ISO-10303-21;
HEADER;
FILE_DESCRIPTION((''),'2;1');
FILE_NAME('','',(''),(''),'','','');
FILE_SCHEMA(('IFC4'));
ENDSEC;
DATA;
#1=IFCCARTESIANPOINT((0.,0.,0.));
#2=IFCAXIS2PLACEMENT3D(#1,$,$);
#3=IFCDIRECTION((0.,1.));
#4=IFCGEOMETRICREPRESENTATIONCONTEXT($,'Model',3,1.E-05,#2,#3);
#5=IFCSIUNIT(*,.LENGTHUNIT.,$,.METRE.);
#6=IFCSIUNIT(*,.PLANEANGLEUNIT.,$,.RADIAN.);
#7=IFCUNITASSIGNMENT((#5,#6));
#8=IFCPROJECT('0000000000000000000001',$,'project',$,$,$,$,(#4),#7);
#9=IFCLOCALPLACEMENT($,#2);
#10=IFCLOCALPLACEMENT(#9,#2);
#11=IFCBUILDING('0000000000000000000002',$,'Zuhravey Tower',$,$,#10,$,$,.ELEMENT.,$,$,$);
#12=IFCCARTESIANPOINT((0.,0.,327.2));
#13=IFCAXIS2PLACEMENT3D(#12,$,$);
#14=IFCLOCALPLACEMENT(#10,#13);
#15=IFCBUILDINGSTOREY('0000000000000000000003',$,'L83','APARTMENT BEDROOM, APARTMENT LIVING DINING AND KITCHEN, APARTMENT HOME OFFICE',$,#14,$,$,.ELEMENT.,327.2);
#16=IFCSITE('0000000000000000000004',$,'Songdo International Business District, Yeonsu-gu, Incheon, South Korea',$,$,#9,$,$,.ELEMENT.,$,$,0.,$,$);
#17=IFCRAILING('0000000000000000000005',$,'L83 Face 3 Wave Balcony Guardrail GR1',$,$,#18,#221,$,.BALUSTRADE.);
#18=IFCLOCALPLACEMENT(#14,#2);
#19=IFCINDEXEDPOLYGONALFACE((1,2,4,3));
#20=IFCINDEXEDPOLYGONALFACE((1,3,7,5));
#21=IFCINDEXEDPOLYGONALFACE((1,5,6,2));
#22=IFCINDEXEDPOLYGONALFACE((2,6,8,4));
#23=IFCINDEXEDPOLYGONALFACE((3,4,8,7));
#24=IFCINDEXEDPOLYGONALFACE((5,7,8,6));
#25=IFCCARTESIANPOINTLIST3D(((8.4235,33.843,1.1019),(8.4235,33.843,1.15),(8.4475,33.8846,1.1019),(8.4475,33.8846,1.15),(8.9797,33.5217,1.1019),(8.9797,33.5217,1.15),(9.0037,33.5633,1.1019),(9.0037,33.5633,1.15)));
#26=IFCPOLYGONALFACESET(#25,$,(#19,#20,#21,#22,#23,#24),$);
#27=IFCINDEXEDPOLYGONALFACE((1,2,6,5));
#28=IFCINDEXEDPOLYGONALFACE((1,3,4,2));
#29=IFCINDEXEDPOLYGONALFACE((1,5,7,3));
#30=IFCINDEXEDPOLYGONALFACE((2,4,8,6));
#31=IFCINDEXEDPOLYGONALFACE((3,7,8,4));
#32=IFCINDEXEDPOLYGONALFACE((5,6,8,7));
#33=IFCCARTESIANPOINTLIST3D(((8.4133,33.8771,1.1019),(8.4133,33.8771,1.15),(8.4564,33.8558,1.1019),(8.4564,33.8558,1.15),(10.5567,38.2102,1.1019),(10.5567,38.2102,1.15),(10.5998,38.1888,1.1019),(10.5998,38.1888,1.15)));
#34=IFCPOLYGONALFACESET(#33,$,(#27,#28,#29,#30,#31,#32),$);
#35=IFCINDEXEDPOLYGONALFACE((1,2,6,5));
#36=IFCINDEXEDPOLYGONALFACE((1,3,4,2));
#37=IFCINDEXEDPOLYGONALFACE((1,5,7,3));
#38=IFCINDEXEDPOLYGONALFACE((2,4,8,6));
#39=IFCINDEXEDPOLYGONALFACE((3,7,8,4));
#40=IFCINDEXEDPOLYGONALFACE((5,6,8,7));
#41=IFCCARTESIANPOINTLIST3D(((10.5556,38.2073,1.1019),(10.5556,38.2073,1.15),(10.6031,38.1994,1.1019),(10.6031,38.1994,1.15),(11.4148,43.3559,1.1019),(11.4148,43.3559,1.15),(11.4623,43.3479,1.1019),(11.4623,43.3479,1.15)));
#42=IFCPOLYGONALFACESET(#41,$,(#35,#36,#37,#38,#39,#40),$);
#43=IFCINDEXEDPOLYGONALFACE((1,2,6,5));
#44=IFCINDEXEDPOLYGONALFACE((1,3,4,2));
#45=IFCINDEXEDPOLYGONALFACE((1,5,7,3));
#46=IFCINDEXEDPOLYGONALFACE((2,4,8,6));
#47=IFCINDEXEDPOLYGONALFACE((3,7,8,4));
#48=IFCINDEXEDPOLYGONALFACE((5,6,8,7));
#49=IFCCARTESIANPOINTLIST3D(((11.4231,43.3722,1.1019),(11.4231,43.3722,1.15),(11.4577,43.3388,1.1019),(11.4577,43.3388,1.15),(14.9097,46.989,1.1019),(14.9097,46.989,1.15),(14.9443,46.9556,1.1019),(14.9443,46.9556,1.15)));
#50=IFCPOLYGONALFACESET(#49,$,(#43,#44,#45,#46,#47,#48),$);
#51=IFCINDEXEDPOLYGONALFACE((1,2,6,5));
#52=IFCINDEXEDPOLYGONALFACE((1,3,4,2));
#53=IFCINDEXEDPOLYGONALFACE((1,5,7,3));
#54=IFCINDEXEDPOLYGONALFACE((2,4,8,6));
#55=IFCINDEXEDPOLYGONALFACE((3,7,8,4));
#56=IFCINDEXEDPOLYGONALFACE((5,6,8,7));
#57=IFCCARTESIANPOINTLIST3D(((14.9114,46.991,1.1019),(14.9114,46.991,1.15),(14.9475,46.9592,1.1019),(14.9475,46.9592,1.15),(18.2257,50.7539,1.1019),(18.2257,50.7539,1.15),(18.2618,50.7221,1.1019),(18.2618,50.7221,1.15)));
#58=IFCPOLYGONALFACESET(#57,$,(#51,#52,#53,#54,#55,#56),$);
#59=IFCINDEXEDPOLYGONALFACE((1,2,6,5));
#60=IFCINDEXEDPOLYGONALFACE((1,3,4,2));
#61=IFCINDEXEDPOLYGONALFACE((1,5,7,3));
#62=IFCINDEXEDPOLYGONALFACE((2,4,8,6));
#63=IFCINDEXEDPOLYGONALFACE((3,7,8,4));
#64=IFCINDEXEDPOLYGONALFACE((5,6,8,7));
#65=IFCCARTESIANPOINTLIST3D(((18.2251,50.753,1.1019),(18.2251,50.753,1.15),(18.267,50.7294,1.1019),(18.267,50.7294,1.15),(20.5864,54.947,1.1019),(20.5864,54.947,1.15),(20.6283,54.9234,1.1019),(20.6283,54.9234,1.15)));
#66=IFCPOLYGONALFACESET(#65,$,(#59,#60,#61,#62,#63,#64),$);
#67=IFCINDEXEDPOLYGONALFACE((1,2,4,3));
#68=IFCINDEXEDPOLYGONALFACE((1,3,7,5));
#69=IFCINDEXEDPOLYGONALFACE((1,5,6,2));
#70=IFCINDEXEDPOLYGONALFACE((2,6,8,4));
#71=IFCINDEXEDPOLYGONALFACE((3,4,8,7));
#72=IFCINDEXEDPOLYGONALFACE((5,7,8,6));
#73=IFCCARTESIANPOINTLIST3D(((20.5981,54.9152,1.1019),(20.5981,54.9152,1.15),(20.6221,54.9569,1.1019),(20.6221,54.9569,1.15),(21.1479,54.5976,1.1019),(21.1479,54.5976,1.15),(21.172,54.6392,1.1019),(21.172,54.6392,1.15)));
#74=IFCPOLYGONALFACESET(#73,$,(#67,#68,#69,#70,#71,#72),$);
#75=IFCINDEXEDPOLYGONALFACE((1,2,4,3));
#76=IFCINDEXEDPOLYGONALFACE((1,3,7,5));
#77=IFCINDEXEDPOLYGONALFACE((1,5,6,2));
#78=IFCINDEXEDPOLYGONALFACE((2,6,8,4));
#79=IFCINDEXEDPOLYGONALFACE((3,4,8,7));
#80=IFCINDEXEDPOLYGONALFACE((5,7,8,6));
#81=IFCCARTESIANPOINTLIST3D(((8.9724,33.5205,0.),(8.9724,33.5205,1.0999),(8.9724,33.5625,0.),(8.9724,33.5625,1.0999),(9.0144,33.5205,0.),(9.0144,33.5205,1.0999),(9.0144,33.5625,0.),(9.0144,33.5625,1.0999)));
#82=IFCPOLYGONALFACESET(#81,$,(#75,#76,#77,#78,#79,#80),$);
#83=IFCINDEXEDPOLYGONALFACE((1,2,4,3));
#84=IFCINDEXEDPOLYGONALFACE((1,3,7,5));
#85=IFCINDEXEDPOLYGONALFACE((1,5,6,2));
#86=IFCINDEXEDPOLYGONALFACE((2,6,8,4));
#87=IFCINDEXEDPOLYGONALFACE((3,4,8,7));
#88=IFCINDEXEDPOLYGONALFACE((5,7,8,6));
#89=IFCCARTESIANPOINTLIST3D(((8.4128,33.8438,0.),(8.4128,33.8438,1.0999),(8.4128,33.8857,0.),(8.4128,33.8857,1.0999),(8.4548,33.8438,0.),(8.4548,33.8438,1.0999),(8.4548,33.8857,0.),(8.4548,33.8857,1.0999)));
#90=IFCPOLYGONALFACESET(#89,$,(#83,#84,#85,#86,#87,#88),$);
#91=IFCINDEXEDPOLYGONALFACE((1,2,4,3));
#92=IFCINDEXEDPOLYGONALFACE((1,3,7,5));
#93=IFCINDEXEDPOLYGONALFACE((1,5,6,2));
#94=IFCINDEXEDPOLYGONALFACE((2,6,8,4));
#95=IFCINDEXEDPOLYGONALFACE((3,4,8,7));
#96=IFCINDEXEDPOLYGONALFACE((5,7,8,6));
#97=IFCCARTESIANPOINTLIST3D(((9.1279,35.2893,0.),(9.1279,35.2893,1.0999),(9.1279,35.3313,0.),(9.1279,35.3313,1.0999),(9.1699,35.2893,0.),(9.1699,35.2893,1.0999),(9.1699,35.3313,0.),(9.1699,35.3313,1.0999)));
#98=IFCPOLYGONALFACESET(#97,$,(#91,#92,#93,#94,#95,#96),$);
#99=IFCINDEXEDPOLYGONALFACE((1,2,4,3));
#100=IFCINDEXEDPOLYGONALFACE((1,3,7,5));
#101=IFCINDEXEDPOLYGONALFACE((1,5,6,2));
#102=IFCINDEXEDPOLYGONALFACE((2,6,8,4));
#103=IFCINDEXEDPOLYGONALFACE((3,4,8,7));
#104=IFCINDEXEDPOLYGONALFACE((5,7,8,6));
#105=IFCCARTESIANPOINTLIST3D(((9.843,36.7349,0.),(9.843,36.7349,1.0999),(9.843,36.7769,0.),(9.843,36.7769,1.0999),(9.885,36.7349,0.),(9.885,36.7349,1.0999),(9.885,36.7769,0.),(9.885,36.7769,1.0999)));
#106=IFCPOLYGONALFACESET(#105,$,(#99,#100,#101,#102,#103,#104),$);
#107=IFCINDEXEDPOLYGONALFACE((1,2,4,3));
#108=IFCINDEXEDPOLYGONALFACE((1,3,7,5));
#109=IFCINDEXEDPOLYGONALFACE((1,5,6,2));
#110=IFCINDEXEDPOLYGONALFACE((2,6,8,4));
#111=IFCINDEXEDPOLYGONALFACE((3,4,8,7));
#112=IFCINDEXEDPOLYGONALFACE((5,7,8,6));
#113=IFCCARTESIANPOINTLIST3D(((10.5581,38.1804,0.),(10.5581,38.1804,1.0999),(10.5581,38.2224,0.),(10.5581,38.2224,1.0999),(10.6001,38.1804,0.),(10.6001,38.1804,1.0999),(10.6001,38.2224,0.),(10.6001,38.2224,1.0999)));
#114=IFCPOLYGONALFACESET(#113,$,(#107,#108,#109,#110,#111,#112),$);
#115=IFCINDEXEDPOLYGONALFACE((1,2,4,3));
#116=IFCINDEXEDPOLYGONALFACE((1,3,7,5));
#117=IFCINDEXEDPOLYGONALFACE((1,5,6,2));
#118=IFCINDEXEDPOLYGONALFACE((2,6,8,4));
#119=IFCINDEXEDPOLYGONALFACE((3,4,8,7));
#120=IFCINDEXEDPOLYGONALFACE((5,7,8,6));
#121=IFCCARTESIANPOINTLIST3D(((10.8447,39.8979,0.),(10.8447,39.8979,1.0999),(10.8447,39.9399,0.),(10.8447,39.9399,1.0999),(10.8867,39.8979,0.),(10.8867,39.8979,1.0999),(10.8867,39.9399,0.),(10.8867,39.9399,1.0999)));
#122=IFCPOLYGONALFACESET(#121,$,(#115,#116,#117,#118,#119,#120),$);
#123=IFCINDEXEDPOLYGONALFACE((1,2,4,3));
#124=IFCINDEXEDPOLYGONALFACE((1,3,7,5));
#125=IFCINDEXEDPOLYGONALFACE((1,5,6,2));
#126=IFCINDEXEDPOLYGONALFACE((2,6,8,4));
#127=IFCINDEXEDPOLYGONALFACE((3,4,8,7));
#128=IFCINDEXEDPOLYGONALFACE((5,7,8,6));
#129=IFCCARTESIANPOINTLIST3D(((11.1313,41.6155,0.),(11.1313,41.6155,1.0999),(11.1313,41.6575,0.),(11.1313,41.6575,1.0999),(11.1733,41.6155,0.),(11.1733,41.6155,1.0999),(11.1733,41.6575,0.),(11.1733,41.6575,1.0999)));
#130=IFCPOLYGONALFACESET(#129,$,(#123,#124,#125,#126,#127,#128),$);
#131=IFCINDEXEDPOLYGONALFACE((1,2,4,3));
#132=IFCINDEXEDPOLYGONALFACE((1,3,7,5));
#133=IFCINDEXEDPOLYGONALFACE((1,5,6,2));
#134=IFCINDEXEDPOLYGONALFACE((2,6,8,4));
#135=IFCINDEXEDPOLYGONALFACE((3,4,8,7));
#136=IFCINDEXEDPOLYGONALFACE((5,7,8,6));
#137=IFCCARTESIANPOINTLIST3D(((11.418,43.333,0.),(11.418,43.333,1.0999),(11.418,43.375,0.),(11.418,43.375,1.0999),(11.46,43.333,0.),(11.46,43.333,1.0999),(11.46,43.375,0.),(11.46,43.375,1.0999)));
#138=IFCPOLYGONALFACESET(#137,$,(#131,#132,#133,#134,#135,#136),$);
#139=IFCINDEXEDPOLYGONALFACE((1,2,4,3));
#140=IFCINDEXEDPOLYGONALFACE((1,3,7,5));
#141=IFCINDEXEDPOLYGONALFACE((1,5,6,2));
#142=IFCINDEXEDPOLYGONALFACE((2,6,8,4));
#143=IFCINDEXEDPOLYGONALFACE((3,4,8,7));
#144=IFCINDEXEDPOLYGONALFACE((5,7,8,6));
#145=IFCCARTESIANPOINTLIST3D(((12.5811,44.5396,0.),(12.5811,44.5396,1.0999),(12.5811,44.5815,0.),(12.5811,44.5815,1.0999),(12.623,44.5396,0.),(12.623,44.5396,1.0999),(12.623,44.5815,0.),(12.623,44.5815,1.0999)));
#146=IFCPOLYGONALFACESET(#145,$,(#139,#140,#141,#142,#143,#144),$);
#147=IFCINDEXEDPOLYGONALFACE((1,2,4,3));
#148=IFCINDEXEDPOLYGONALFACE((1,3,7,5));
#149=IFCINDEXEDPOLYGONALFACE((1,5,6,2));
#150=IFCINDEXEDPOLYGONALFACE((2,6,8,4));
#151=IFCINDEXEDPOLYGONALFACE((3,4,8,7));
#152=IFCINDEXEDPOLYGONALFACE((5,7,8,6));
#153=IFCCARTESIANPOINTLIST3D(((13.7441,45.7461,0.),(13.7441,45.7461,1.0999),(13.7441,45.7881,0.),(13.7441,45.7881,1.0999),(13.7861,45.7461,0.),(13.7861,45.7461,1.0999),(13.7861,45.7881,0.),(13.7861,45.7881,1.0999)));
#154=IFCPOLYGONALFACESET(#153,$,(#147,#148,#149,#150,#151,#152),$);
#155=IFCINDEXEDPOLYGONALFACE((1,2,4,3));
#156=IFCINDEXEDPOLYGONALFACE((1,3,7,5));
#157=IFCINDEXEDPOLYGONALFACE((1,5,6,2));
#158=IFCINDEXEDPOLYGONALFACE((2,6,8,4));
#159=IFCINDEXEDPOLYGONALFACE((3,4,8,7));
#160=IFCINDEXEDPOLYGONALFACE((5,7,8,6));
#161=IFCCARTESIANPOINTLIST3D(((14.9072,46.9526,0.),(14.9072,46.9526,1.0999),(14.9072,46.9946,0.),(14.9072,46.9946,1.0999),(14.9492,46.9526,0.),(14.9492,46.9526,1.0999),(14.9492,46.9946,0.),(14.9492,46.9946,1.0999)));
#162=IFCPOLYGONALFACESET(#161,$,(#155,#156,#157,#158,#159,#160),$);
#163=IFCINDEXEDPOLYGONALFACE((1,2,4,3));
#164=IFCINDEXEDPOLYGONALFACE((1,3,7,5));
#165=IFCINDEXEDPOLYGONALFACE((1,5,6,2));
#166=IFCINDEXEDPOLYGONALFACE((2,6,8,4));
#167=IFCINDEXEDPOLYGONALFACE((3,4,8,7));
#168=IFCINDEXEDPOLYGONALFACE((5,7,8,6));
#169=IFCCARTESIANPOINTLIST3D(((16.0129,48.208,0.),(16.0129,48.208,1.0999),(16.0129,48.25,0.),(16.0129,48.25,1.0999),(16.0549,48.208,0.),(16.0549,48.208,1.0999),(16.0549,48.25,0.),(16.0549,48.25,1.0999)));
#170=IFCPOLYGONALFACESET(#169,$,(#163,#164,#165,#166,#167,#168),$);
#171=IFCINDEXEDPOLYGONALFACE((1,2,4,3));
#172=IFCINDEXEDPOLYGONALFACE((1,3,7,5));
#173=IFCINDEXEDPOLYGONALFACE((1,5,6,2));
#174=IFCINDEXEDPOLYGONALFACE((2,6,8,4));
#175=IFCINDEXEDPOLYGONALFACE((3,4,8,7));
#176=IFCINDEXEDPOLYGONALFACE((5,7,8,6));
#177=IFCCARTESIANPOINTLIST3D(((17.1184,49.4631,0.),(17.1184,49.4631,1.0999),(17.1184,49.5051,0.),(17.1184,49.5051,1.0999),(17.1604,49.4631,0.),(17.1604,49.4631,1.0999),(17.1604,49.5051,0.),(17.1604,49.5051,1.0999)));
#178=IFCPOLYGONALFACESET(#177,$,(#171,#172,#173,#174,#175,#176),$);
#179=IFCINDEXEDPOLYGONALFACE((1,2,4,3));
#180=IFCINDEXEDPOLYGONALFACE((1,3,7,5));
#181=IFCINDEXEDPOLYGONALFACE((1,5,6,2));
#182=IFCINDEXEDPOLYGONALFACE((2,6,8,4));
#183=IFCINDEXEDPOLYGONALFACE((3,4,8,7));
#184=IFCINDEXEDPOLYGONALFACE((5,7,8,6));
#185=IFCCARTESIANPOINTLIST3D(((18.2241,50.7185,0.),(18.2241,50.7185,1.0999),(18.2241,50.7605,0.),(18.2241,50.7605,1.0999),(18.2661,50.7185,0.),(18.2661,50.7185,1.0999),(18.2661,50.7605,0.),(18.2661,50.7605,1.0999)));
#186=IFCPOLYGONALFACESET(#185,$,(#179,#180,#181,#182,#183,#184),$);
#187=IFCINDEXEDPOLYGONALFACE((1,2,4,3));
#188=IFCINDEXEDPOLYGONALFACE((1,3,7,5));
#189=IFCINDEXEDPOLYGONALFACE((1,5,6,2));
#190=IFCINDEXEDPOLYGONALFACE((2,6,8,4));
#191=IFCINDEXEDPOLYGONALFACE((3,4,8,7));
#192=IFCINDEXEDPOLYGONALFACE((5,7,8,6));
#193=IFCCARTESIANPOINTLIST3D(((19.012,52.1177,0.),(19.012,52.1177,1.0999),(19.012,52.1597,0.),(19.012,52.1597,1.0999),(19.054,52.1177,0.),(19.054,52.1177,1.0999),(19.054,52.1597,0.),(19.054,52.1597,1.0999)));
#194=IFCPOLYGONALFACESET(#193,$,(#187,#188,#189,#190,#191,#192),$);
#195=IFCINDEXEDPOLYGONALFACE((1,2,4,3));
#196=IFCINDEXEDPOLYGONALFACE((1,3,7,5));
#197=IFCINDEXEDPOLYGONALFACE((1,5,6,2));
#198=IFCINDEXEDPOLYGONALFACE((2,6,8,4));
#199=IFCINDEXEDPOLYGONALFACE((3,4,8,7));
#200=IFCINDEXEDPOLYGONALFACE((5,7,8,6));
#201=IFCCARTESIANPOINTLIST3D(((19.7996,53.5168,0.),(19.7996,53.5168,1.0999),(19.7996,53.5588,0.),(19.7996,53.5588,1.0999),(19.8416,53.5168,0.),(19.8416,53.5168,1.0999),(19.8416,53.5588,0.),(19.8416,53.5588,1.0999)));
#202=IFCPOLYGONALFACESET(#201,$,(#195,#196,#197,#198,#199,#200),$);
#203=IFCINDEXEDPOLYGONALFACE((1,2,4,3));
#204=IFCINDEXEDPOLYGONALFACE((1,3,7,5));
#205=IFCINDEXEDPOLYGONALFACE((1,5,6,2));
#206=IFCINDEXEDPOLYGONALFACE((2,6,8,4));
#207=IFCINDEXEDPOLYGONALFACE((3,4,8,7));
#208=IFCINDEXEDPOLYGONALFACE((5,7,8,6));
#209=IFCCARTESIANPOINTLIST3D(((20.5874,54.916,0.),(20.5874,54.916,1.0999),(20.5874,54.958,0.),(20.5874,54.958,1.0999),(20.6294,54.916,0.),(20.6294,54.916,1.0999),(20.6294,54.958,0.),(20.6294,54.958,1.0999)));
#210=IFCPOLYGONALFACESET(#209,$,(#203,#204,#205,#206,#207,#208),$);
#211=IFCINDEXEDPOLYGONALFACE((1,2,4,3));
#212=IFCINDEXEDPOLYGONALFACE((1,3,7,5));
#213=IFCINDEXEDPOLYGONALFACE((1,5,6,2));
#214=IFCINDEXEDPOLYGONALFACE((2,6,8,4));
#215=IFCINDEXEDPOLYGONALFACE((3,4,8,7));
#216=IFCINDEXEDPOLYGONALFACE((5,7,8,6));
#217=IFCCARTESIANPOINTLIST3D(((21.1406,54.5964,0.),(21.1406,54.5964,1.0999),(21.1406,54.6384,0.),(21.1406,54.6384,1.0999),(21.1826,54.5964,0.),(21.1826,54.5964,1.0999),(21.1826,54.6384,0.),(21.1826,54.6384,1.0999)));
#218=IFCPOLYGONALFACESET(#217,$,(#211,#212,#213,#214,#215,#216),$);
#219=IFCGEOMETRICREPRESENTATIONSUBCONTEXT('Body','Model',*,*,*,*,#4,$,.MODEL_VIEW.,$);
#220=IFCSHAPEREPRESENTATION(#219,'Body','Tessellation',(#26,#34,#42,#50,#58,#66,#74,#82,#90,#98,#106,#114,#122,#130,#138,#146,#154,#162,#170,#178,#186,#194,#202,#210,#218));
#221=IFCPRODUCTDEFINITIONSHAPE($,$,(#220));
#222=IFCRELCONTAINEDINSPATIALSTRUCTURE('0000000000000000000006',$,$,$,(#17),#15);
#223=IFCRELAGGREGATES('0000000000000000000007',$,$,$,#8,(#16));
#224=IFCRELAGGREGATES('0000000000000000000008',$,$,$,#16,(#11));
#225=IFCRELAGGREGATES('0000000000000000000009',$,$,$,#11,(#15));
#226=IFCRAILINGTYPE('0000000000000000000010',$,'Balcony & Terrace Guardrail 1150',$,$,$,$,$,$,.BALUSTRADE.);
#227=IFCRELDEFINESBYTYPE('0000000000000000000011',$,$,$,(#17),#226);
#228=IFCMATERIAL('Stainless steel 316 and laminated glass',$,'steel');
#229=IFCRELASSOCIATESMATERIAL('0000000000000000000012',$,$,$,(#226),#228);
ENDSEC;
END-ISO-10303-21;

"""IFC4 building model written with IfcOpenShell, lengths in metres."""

from ifc_helpers import new_model, si_unit, direction, frame, origin, origin_2d, place, context, subcontext, project, spatial, rectangle, extrude, material, type_object, element, save


model = new_model("IFC4")

# Units and contexts
model_context = context("Model", 3, precision=1e-05, world=origin(), true_north=direction((0.0, 1.0)))
body_context = subcontext(model_context, "Body", "Model", "MODEL_VIEW")
ifc_project = project(units=[si_unit("LENGTHUNIT", "METRE"), si_unit("PLANEANGLEUNIT", "RADIAN")], contexts=[model_context])

# Site, building, storey
site_placement = place(None, origin())
site = spatial("IfcSite", under=ifc_project, at=site_placement, Name="Songdo International Business District, Yeonsu-gu, Incheon, South Korea", CompositionType="ELEMENT", RefElevation=0.0)
building_placement = place(site_placement, origin())
building = spatial("IfcBuilding", under=site, at=building_placement, Name="Zuhravey Tower", CompositionType="ELEMENT")
storey_placement = place(building_placement, frame((0.0, 0.0, 327.2)))
storey = spatial("IfcBuildingStorey", under=building, at=storey_placement, Name="L83", Description="APARTMENT BEDROOM, APARTMENT LIVING DINING AND KITCHEN, APARTMENT HOME OFFICE", CompositionType="ELEMENT", Elevation=327.2)

# Railing
ifc_material_1 = material(Name="Stainless steel 316 and laminated glass", Category="steel")
railing_type = type_object("IfcRailingType", Name="Balcony & Terrace Guardrail 1150", PredefinedType="BALUSTRADE", material=ifc_material_1)
railing_placement = place(storey_placement, frame((8.9934, 33.5415, 0.0)))
element("IfcRailing", 1, at=railing_placement, inside=storey, type_object=railing_type, Name="L83 Face 3 Wave Balcony Guardrail GR1", PredefinedType="BALUSTRADE", context=body_context, shape_type="SweptSolid", body=[
    extrude(rectangle(XDim=0.0481, YDim=0.0481, at=origin_2d()), frame((-0.0017, 0.001, 1.126), z_axis=(-0.865909, 0.500202, 0.0), x_axis=(-0.500202, -0.865909, 0.0)), (0.0, 0.0, 1.0), 0.6423),
    extrude(rectangle(XDim=0.0481, YDim=0.0481, at=origin_2d()), frame((-0.5586, 0.325, 1.126), z_axis=(0.443395, 0.896326, 0.0), x_axis=(-0.896326, 0.443395, 0.0)), (0.0, 0.0, 1.0), 4.8342),
    extrude(rectangle(XDim=0.0481, YDim=0.0481, at=origin_2d()), frame((1.5859, 4.6619, 1.126), z_axis=(0.164604, 0.98636, 0.0), x_axis=(-0.98636, 0.164604, 0.0)), (0.0, 0.0, 1.0), 5.2197),
    extrude(rectangle(XDim=0.0481, YDim=0.0481, at=origin_2d()), frame((2.447, 9.814, 1.126), z_axis=(0.694022, 0.719953, 0.0), x_axis=(-0.719953, 0.694022, 0.0)), (0.0, 0.0, 1.0), 5.0237),
    extrude(rectangle(XDim=0.0481, YDim=0.0481, at=origin_2d()), frame((5.936, 13.4336, 1.126), z_axis=(0.660957, 0.750424, 0.0), x_axis=(-0.750424, 0.660957, 0.0)), (0.0, 0.0, 1.0), 5.0144),
    extrude(rectangle(XDim=0.0481, YDim=0.0481, at=origin_2d()), frame((9.2527, 17.1997, 1.126), z_axis=(0.490605, 0.871382, 0.0), x_axis=(-0.871382, 0.490605, 0.0)), (0.0, 0.0, 1.0), 4.813),
    extrude(rectangle(XDim=0.0481, YDim=0.0481, at=origin_2d()), frame((11.6167, 21.3945, 1.126), z_axis=(0.865906, -0.500208, 0.0), x_axis=(0.500208, 0.865906, 0.0)), (0.0, 0.0, 1.0), 0.635),
    extrude(rectangle(XDim=0.042, YDim=0.042, at=origin_2d()), origin(), (0.0, 0.0, 1.0), 1.0999),
    extrude(rectangle(XDim=0.042, YDim=0.042, at=origin_2d()), frame((-0.5596, 0.3232, 0.0)), (0.0, 0.0, 1.0), 1.0999),
    extrude(rectangle(XDim=0.042, YDim=0.042, at=origin_2d()), frame((0.1555, 1.7688, 0.0)), (0.0, 0.0, 1.0), 1.0999),
    extrude(rectangle(XDim=0.042, YDim=0.042, at=origin_2d()), frame((0.8706, 3.2144, 0.0)), (0.0, 0.0, 1.0), 1.0999),
    extrude(rectangle(XDim=0.042, YDim=0.042, at=origin_2d()), frame((1.5857, 4.6599, 0.0)), (0.0, 0.0, 1.0), 1.0999),
    extrude(rectangle(XDim=0.042, YDim=0.042, at=origin_2d()), frame((1.8723, 6.3774, 0.0)), (0.0, 0.0, 1.0), 1.0999),
    extrude(rectangle(XDim=0.042, YDim=0.042, at=origin_2d()), frame((2.1589, 8.095, 0.0)), (0.0, 0.0, 1.0), 1.0999),
    extrude(rectangle(XDim=0.042, YDim=0.042, at=origin_2d()), frame((2.4456, 9.8125, 0.0)), (0.0, 0.0, 1.0), 1.0999),
    extrude(rectangle(XDim=0.042, YDim=0.042, at=origin_2d()), frame((3.6086, 11.019, 0.0)), (0.0, 0.0, 1.0), 1.0999),
    extrude(rectangle(XDim=0.042, YDim=0.042, at=origin_2d()), frame((4.7717, 12.2256, 0.0)), (0.0, 0.0, 1.0), 1.0999),
    extrude(rectangle(XDim=0.042, YDim=0.042, at=origin_2d()), frame((5.9348, 13.4321, 0.0)), (0.0, 0.0, 1.0), 1.0999),
    extrude(rectangle(XDim=0.042, YDim=0.042, at=origin_2d()), frame((7.0405, 14.6875, 0.0)), (0.0, 0.0, 1.0), 1.0999),
    extrude(rectangle(XDim=0.042, YDim=0.042, at=origin_2d()), frame((8.146, 15.9426, 0.0)), (0.0, 0.0, 1.0), 1.0999),
    extrude(rectangle(XDim=0.042, YDim=0.042, at=origin_2d()), frame((9.2517, 17.198, 0.0)), (0.0, 0.0, 1.0), 1.0999),
    extrude(rectangle(XDim=0.042, YDim=0.042, at=origin_2d()), frame((10.0396, 18.5972, 0.0)), (0.0, 0.0, 1.0), 1.0999),
    extrude(rectangle(XDim=0.042, YDim=0.042, at=origin_2d()), frame((10.8271, 19.9963, 0.0)), (0.0, 0.0, 1.0), 1.0999),
    extrude(rectangle(XDim=0.042, YDim=0.042, at=origin_2d()), frame((11.615, 21.3955, 0.0)), (0.0, 0.0, 1.0), 1.0999),
    extrude(rectangle(XDim=0.042, YDim=0.042, at=origin_2d()), frame((12.1682, 21.0759, 0.0)), (0.0, 0.0, 1.0), 1.0999),
])

save(model, "model.ifc")
